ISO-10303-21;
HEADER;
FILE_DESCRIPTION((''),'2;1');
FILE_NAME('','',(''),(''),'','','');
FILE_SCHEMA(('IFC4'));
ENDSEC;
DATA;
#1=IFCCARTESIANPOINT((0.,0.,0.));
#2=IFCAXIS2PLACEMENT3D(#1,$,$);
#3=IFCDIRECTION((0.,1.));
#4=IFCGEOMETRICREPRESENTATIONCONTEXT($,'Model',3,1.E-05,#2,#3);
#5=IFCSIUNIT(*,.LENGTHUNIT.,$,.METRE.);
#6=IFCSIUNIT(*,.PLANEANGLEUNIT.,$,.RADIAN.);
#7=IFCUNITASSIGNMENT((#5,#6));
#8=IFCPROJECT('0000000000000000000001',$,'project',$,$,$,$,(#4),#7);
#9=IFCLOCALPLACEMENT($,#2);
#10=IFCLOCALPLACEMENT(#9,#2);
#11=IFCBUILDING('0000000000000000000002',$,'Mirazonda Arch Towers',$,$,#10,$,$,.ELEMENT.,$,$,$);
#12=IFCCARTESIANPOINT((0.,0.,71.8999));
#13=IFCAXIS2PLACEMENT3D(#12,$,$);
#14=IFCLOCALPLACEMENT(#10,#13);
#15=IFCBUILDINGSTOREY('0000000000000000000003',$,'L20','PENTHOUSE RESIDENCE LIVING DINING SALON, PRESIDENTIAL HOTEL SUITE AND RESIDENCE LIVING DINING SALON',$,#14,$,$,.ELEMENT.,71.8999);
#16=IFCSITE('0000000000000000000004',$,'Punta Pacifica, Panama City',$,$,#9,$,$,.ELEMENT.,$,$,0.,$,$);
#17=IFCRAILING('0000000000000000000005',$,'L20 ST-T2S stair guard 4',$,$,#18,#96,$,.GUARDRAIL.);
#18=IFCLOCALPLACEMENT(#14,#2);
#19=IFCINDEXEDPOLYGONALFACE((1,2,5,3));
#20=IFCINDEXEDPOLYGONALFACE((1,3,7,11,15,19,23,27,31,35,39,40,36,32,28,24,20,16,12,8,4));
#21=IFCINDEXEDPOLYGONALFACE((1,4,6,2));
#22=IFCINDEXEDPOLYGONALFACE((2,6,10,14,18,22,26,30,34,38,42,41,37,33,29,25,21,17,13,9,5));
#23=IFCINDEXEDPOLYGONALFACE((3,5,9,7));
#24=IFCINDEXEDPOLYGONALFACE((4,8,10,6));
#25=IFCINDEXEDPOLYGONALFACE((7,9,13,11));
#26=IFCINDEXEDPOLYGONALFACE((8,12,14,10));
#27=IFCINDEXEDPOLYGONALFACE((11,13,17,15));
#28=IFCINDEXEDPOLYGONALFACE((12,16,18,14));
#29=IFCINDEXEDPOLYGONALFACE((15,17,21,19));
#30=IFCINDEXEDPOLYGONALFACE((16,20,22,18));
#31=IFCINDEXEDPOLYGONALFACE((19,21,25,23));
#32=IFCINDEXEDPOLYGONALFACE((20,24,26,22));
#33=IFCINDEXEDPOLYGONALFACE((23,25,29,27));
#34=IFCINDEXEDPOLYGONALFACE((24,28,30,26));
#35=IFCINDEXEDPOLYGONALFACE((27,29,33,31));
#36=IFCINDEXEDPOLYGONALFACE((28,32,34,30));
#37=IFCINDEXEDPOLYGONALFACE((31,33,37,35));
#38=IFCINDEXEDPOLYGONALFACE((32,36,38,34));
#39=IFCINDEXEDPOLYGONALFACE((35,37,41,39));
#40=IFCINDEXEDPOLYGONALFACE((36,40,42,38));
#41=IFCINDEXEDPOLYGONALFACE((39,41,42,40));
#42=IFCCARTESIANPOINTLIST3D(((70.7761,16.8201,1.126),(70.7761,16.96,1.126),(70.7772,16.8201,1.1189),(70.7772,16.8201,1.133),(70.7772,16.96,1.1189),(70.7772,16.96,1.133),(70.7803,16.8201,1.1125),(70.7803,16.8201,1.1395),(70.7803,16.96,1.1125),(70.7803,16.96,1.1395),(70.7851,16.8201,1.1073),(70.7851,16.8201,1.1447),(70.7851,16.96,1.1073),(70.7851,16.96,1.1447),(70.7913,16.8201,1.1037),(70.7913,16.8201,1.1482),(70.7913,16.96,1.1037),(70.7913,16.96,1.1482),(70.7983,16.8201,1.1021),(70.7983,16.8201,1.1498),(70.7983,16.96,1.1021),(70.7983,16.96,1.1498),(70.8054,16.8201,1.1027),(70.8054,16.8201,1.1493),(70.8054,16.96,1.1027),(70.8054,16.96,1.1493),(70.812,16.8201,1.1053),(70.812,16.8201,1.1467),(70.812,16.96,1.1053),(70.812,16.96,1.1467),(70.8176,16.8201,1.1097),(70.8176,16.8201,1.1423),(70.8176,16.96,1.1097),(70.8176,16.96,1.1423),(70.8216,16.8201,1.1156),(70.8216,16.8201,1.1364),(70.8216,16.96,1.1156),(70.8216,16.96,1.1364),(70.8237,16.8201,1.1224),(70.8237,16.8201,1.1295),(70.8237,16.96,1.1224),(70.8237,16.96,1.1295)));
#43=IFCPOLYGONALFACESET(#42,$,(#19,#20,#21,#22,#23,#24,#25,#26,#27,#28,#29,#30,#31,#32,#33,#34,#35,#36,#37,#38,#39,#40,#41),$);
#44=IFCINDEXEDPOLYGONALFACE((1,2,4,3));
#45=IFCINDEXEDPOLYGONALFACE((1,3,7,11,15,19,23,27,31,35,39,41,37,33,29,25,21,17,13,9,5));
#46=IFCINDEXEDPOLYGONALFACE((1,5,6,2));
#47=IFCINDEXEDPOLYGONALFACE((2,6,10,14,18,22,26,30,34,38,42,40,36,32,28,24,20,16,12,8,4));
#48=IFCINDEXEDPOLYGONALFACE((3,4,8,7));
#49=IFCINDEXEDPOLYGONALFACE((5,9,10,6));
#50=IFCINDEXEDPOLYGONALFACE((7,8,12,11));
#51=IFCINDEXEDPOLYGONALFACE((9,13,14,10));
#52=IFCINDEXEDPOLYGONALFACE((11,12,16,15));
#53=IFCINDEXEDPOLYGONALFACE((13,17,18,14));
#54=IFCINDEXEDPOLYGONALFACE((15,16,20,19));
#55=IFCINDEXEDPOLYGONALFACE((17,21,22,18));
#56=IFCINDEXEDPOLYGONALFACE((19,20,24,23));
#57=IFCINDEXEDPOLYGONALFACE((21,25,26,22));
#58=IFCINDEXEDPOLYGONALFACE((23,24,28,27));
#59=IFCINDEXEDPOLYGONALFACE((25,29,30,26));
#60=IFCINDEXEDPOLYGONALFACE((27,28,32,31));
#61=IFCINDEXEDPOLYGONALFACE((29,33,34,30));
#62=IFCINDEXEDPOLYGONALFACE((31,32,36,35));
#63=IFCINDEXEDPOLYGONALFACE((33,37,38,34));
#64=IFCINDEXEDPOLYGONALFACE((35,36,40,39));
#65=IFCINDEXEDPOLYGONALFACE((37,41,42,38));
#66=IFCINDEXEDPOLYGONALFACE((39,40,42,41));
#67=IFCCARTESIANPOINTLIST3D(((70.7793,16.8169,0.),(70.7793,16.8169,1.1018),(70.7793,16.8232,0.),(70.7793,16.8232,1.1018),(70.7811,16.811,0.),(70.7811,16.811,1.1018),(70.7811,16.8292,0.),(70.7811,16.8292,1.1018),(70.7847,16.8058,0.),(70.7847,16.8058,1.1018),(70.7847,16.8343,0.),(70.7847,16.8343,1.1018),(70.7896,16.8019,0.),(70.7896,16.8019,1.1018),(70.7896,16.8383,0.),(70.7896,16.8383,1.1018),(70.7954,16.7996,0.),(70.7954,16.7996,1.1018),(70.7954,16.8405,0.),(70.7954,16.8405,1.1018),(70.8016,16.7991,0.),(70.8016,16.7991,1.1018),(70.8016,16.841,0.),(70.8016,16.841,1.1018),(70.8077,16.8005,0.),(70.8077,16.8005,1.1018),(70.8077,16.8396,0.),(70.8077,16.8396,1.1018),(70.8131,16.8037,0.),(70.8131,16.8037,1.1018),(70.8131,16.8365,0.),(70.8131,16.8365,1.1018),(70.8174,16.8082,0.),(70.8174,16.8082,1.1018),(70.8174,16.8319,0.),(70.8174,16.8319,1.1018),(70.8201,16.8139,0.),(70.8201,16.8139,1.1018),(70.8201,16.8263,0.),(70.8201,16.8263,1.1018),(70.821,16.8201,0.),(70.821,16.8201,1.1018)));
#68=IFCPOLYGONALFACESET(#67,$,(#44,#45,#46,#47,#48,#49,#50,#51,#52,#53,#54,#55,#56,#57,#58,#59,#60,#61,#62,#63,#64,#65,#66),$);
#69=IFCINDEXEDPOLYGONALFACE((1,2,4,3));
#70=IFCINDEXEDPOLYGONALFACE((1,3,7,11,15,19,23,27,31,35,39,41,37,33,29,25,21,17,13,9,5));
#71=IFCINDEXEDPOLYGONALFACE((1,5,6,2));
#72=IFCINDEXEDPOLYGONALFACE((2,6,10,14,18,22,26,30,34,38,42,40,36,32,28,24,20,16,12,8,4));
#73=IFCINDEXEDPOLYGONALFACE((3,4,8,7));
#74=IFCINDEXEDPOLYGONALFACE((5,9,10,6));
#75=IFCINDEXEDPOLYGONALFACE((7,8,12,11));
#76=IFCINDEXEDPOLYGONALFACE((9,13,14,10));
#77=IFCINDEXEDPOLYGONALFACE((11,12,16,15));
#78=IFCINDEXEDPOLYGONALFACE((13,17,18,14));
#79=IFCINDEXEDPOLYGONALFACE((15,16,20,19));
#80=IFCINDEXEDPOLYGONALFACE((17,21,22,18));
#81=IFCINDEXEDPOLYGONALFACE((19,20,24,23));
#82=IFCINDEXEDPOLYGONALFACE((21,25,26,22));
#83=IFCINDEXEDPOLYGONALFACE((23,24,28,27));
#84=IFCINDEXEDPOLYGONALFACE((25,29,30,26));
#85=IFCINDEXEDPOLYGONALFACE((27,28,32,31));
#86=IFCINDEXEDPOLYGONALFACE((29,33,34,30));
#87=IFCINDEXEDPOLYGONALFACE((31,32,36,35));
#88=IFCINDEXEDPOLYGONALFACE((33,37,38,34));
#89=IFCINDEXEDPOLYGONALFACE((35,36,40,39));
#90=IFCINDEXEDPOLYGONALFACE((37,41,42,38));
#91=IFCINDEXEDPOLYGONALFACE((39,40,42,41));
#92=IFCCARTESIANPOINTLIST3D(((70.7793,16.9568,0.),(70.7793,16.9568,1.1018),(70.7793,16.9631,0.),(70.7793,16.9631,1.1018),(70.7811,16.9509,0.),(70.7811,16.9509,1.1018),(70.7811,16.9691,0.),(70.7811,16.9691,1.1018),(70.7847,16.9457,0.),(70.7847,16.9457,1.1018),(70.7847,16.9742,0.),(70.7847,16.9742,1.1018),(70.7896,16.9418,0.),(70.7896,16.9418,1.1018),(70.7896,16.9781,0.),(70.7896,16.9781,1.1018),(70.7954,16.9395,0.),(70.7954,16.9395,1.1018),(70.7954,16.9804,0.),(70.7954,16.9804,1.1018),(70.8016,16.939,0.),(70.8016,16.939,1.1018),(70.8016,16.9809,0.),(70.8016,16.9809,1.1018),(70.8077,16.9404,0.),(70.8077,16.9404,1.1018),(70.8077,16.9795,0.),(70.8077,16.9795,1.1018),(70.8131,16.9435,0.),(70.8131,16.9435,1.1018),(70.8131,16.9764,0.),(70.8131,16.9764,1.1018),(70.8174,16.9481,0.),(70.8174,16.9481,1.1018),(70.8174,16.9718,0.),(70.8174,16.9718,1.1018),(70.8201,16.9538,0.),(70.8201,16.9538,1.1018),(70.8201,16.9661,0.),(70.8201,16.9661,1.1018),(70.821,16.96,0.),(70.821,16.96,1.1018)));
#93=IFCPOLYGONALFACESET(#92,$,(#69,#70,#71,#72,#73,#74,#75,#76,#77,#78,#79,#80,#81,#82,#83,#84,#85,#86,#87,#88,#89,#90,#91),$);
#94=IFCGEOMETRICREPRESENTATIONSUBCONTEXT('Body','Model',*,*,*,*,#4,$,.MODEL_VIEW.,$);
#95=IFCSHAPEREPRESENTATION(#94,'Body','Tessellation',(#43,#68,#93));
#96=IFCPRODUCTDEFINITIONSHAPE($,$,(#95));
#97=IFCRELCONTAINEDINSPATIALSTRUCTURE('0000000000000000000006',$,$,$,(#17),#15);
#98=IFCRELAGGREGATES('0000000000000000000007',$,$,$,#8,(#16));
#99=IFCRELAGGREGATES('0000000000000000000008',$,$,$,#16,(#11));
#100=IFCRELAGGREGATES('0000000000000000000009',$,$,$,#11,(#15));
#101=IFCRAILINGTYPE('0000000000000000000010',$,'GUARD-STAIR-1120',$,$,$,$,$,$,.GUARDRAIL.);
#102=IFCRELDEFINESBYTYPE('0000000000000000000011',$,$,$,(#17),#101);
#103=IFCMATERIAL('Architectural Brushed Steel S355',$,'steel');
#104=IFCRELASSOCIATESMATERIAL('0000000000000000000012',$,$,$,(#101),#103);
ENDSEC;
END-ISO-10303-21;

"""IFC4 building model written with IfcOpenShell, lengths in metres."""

from ifc_helpers import new_model, si_unit, direction, frame, origin, origin_2d, place, context, subcontext, project, spatial, circle, extrude, material, type_object, element, save


model = new_model("IFC4")

# Units and contexts
model_context = context("Model", 3, precision=1e-05, world=origin(), true_north=direction((0.0, 1.0)))
body_context = subcontext(model_context, "Body", "Model", "MODEL_VIEW")
ifc_project = project(units=[si_unit("LENGTHUNIT", "METRE"), si_unit("PLANEANGLEUNIT", "RADIAN")], contexts=[model_context])

# Site, building, storey
site_placement = place(None, origin())
site = spatial("IfcSite", under=ifc_project, at=site_placement, Name="Punta Pacifica, Panama City", CompositionType="ELEMENT", RefElevation=0.0)
building_placement = place(site_placement, origin())
building = spatial("IfcBuilding", under=site, at=building_placement, Name="Mirazonda Arch Towers", CompositionType="ELEMENT")
storey_placement = place(building_placement, frame((0.0, 0.0, 71.8999)))
storey = spatial("IfcBuildingStorey", under=building, at=storey_placement, Name="L20", Description="PENTHOUSE RESIDENCE LIVING DINING SALON, PRESIDENTIAL HOTEL SUITE AND RESIDENCE LIVING DINING SALON", CompositionType="ELEMENT", Elevation=71.8999)

# Railing
ifc_material_1 = material(Name="Architectural Brushed Steel S355", Category="steel")
railing_type_1 = type_object("IfcRailingType", Name="GUARD-STAIR-1120", PredefinedType="GUARDRAIL", material=ifc_material_1)
railing_1_placement = place(storey_placement, frame((70.8, 16.8201, 0.0)))
element("IfcRailing", 1, at=railing_1_placement, inside=storey, type_object=railing_type_1, Name="L20 ST-T2S stair guard 4", PredefinedType="GUARDRAIL", context=body_context, shape_type="SweptSolid", body=[
    extrude(circle(Radius=0.0239, at=origin_2d()), frame((0.0, 0.0, 1.126), z_axis=(0.0, 1.0, 0.0), x_axis=(-1.0, 0.0, 0.0)), (0.0, 0.0, 1.0), 0.1399),
    extrude(circle(Radius=0.021, at=origin_2d()), origin(), (0.0, 0.0, 1.0), 1.1018),
    extrude(circle(Radius=0.021, at=origin_2d()), frame((0.0, 0.1399, 0.0)), (0.0, 0.0, 1.0), 1.1018),
])

save(model, "model.ifc")
